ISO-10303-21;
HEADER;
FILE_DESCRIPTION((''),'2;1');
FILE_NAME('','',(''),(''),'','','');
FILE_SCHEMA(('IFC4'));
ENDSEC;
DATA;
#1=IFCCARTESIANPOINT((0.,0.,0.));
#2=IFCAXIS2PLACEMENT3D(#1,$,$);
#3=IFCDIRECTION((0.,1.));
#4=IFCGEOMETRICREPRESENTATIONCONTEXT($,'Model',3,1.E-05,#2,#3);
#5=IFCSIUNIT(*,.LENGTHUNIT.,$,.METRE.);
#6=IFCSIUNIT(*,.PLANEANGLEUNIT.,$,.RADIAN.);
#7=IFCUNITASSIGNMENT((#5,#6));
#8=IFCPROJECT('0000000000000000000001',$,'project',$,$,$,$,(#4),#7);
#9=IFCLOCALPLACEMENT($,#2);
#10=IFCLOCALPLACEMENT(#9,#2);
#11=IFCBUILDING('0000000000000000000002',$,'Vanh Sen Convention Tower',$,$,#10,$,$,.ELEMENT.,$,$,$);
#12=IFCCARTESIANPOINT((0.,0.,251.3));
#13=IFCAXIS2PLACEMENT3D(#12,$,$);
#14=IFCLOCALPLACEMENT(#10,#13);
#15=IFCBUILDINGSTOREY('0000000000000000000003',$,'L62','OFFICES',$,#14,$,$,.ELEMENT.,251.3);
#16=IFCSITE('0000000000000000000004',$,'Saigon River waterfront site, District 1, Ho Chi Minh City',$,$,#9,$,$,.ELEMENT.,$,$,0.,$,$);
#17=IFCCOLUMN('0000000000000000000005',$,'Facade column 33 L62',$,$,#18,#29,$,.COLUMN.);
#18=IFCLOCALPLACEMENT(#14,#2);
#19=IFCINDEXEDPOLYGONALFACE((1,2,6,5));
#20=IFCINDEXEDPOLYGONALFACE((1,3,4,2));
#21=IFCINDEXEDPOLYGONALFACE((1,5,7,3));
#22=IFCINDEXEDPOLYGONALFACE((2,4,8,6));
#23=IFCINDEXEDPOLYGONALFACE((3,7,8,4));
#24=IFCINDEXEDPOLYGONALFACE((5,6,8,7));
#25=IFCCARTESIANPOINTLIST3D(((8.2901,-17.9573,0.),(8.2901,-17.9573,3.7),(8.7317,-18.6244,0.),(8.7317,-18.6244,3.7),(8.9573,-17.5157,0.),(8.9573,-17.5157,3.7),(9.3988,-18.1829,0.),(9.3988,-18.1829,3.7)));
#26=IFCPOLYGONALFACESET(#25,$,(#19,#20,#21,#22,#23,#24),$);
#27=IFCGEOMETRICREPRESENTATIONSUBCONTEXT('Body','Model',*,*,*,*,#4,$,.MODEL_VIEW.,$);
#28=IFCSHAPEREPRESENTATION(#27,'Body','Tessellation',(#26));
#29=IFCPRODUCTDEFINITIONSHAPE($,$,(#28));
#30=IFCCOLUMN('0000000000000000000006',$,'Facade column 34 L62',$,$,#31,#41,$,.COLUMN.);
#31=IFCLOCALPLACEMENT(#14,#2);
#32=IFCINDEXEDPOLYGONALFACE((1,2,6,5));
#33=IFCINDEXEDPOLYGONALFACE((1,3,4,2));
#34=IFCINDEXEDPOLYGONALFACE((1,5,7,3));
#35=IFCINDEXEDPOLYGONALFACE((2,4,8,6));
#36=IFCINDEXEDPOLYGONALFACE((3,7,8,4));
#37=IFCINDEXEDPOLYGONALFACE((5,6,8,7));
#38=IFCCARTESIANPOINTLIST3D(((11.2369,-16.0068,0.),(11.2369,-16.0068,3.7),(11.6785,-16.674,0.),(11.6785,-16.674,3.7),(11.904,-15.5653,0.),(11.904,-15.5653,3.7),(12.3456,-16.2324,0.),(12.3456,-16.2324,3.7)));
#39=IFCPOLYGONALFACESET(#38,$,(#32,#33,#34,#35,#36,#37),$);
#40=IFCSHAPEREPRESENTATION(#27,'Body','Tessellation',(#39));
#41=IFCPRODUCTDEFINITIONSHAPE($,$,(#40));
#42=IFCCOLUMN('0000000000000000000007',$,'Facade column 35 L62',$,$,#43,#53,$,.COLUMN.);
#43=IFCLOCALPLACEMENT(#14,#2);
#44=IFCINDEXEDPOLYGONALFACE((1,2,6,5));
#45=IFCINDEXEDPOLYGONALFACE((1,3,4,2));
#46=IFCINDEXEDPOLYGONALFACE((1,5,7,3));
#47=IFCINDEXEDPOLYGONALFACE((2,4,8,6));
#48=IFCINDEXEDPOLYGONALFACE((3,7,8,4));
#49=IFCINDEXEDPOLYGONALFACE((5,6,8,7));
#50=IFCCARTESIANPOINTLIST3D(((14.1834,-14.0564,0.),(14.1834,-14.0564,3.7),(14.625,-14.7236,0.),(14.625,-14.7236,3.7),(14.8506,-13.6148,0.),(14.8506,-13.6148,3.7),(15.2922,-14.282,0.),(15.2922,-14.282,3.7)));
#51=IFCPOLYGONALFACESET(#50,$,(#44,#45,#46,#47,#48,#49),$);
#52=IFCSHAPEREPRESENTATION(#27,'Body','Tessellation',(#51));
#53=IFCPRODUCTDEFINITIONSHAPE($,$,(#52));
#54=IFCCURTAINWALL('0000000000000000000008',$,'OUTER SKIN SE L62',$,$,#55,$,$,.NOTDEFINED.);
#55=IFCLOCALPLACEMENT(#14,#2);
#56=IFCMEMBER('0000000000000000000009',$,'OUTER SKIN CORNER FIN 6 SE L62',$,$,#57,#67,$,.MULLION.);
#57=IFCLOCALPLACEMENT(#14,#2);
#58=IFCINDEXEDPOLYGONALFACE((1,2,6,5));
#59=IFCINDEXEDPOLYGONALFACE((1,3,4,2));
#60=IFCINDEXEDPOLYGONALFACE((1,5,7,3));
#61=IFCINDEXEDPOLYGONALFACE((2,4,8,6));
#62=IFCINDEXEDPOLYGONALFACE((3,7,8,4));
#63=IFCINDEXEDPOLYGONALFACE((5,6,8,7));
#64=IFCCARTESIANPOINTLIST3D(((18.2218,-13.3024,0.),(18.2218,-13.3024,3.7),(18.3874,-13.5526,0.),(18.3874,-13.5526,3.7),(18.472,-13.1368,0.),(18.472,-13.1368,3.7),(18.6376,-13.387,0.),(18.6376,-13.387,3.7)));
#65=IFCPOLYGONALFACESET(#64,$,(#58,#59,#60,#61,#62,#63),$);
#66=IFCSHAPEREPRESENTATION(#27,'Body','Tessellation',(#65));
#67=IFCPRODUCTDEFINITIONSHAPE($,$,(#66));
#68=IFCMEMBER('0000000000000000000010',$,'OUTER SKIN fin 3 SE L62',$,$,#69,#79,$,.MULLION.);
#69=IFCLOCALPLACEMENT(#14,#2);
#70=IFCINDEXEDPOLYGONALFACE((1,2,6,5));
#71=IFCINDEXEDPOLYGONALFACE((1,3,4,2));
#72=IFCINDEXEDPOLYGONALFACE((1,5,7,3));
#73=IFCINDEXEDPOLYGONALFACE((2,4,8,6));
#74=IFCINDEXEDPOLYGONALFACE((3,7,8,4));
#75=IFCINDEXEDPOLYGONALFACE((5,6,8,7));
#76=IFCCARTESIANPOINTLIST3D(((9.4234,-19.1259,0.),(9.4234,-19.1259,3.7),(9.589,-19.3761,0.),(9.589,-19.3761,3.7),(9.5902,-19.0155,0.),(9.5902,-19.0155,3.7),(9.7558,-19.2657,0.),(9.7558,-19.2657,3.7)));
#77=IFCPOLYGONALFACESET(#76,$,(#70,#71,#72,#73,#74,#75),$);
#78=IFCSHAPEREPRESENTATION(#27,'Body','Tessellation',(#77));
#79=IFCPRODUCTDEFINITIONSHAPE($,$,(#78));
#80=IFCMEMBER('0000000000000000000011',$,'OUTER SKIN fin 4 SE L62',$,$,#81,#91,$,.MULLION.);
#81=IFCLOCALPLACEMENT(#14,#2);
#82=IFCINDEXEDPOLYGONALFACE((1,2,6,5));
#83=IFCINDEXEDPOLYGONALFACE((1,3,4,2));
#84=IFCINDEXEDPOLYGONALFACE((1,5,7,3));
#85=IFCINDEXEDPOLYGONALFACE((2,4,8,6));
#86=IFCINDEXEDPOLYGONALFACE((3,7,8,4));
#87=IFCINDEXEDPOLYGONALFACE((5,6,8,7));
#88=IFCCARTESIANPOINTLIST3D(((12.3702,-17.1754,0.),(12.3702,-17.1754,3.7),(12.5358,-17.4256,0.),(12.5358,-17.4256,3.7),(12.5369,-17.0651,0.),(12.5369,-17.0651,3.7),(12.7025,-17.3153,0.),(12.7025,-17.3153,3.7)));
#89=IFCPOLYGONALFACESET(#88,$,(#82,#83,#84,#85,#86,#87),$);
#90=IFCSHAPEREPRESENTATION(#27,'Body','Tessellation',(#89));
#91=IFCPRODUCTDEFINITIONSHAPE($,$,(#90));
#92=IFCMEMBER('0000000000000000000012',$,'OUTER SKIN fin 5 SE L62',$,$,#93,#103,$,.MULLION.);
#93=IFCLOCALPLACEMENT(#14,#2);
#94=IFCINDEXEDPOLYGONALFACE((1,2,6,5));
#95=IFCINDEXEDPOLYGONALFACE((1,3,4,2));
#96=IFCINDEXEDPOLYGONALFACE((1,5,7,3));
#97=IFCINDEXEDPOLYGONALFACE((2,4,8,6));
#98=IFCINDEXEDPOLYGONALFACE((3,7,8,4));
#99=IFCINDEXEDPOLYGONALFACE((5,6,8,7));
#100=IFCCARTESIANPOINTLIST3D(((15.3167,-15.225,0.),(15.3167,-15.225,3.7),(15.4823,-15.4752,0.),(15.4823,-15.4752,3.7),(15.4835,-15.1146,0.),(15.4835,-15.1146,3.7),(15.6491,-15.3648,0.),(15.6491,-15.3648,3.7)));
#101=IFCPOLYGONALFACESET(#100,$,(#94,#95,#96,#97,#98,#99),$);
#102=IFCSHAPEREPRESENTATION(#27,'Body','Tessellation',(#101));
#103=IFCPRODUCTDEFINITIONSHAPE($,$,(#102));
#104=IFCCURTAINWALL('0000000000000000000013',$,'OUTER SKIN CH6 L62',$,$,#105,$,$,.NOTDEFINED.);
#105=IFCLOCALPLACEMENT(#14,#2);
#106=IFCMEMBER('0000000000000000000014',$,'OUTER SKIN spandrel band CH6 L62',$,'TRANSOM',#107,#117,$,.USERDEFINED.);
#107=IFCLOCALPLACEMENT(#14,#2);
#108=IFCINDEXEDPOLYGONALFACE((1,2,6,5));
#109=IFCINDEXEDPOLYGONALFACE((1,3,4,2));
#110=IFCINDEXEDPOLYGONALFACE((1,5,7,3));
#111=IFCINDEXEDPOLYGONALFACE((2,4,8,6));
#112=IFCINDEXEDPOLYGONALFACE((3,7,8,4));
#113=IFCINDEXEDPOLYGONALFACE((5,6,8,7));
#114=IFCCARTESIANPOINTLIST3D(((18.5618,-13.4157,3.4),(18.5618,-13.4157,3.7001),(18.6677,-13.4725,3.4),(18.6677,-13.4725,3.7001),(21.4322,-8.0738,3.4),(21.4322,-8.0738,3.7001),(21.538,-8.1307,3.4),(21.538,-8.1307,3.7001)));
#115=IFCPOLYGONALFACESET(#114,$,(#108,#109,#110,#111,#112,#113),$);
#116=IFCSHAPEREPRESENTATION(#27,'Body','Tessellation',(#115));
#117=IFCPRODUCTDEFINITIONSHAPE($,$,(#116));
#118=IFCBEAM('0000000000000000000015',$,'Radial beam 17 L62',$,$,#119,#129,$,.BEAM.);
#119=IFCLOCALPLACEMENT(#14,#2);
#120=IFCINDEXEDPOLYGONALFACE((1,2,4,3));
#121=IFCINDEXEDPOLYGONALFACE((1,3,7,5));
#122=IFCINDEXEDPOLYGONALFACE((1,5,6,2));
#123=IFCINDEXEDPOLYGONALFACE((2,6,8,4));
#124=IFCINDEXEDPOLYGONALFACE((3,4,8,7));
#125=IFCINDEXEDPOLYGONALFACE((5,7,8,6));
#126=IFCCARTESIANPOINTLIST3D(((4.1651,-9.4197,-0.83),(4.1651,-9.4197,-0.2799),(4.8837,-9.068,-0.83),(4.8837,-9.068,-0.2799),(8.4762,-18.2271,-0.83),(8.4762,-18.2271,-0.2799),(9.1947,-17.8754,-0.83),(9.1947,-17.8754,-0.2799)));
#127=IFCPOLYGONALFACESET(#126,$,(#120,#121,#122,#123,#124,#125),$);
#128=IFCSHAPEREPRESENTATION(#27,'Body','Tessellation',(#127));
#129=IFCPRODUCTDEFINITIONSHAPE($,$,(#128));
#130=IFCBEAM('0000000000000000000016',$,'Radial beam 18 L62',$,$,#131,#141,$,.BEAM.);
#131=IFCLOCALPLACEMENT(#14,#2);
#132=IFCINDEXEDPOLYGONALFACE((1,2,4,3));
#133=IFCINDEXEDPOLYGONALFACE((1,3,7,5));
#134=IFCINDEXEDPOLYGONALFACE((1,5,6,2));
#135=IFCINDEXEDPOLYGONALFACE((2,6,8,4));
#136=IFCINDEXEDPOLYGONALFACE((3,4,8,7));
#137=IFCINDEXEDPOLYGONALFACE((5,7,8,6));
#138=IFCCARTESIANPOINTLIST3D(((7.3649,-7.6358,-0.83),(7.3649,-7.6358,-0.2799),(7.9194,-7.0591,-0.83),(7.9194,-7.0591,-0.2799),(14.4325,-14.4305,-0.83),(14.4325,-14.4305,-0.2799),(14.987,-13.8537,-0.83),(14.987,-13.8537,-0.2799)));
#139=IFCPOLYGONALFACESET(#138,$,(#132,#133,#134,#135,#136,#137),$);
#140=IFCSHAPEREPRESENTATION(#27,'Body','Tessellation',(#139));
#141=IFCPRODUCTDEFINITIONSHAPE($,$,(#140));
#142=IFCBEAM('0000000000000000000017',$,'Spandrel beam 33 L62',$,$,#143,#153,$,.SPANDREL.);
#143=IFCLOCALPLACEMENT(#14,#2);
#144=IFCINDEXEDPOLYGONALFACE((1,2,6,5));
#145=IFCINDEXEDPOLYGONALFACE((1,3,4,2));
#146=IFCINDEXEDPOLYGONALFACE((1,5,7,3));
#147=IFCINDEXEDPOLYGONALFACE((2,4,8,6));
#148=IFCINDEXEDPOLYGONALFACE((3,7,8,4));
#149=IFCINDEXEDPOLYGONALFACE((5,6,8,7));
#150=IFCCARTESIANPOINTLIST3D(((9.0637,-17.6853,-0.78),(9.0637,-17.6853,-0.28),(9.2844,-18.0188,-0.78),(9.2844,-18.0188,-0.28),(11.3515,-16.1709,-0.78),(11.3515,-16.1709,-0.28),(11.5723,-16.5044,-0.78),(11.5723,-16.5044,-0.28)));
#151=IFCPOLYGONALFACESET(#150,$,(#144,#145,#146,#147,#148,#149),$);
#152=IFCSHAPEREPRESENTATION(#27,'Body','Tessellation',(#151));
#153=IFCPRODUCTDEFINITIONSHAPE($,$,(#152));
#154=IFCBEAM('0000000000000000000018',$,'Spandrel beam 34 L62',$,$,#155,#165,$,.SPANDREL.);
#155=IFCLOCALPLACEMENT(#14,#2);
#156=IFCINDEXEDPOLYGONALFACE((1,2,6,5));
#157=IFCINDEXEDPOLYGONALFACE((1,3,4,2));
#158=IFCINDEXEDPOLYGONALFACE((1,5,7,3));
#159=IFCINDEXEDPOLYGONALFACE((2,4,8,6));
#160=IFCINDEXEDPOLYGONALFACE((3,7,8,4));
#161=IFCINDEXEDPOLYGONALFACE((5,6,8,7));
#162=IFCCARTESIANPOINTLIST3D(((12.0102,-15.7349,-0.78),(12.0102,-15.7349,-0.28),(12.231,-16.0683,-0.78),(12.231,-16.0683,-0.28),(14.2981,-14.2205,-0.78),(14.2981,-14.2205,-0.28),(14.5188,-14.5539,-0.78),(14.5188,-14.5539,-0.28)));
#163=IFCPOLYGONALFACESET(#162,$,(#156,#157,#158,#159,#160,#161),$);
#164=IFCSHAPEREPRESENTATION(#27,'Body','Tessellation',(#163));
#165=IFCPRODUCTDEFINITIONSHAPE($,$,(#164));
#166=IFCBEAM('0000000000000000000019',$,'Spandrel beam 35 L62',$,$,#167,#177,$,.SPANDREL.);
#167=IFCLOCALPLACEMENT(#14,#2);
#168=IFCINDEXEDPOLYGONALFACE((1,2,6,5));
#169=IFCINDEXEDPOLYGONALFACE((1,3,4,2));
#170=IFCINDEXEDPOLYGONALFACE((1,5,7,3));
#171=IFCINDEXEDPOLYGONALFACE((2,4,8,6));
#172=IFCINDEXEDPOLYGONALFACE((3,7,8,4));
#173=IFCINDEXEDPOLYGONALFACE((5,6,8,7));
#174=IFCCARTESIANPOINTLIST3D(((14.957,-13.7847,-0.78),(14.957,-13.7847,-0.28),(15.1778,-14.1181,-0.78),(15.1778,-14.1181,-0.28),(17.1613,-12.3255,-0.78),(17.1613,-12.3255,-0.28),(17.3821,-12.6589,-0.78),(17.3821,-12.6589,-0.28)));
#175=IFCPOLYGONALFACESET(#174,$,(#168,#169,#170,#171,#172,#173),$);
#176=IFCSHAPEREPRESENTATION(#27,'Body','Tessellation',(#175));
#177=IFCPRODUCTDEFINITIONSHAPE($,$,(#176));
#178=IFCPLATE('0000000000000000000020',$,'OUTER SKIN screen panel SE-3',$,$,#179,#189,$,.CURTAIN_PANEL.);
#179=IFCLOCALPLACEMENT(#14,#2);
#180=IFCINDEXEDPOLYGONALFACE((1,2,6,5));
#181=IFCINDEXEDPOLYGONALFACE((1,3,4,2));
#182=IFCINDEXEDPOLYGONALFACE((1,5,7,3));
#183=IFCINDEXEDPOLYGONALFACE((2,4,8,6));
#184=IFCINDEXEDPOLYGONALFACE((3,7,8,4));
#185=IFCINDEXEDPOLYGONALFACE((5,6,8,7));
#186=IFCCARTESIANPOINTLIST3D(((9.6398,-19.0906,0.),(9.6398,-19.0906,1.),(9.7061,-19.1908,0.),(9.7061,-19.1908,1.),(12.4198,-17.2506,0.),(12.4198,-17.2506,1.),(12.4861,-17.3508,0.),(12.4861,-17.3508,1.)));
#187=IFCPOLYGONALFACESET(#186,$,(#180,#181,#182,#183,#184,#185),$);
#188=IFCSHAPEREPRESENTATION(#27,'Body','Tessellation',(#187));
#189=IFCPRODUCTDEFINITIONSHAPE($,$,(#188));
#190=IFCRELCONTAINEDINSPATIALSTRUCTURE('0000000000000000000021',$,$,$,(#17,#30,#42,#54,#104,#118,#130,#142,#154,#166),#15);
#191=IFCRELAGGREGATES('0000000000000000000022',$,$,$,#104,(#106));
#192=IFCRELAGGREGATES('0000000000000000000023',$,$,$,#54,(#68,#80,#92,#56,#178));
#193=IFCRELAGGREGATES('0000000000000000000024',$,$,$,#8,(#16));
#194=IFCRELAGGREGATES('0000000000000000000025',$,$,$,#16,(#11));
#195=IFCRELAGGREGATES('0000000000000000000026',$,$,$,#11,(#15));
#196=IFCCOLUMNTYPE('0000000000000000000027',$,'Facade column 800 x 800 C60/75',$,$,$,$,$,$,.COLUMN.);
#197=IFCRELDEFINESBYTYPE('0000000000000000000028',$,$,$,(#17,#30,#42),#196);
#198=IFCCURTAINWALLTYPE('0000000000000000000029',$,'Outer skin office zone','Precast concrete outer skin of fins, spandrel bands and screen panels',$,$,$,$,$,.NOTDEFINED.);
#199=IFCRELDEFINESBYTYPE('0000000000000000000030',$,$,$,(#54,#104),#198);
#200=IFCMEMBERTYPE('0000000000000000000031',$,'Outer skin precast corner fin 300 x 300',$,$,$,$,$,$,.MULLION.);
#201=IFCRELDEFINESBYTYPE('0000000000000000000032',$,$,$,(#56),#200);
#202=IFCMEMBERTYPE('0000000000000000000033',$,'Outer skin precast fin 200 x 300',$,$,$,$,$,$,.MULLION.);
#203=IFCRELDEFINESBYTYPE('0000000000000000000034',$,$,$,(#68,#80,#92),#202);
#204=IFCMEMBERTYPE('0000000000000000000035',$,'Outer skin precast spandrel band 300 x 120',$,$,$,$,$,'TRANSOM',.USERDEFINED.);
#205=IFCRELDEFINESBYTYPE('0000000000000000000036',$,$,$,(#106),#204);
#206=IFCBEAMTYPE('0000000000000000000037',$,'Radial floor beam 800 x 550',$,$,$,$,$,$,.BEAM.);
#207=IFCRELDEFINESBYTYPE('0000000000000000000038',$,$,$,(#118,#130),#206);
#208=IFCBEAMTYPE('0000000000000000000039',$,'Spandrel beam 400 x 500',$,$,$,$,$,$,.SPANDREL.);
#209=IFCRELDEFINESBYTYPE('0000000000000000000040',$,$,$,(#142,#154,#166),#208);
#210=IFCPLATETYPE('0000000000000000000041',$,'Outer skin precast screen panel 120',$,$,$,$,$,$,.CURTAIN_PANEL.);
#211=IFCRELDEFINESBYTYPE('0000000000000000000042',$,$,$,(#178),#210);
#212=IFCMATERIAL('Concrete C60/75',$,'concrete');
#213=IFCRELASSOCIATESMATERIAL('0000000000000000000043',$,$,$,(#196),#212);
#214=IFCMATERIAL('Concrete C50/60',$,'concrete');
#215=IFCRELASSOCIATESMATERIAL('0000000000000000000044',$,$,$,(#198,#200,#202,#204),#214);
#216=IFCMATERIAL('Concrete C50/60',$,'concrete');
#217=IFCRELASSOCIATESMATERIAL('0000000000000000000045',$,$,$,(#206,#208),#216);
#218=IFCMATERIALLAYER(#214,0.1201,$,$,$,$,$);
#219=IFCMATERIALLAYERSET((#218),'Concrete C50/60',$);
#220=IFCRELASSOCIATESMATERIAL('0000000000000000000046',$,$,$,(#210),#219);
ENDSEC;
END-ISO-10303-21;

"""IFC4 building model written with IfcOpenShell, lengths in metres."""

from ifc_helpers import new_model, si_unit, direction, frame, origin, origin_2d, place, context, subcontext, project, spatial, rectangle, extrude, material, layer, layer_set, material_profile, profile_set, type_object, element, aggregate, save


model = new_model("IFC4")

# Units and contexts
model_context = context("Model", 3, precision=1e-05, world=origin(), true_north=direction((0.0, 1.0)))
body_context = subcontext(model_context, "Body", "Model", "MODEL_VIEW")
ifc_project = project(units=[si_unit("LENGTHUNIT", "METRE"), si_unit("PLANEANGLEUNIT", "RADIAN")], contexts=[model_context])

# Site, building, storey
site_placement = place(None, origin())
site = spatial("IfcSite", under=ifc_project, at=site_placement, Name="Saigon River waterfront site, District 1, Ho Chi Minh City", CompositionType="ELEMENT", RefElevation=0.0)
building_placement = place(site_placement, origin())
building = spatial("IfcBuilding", under=site, at=building_placement, Name="Vanh Sen Convention Tower", CompositionType="ELEMENT")
storey_placement = place(building_placement, frame((0.0, 0.0, 251.3)))
storey = spatial("IfcBuildingStorey", under=building, at=storey_placement, Name="L62", Description="OFFICES", CompositionType="ELEMENT", Elevation=251.3)

# Columns
ifc_material_1 = material(Name="Concrete C60/75", Category="concrete")
ifc_material_profile_1 = material_profile(ifc_material_1, rectangle(XDim=0.8, YDim=0.8, at=origin_2d()), Name="RC 800X800")
ifc_profile_set_1 = profile_set([ifc_material_profile_1], Name="Concrete C60/75")
column_type = type_object("IfcColumnType", Name="Facade column 800 x 800 C60/75", PredefinedType="COLUMN", material=ifc_profile_set_1)
for number, where, z_axis, x_axis, name in (
    (1, (8.8445, -18.0701, 0.0), (0.0, 0.0, 1.0), (0.833886, 0.551937, 0.0), "Facade column 33 L62"),
    (2, (11.7913, -16.1196, 0.0), (0.0, 0.0, 1.0), (0.833886, 0.551937, 0.0), "Facade column 34 L62"),
    (3, (14.7378, -14.1692, 0.0), (0.0, 0.0, 1.0), (0.833886, 0.551937, 0.0), "Facade column 35 L62"),
):
    element("IfcColumn", number, at=place(storey_placement, frame(where, z_axis=z_axis, x_axis=x_axis)), inside=storey, type_object=column_type, Name=name, PredefinedType="COLUMN", context=body_context, shape_type="SweptSolid", body=[
        extrude(rectangle(XDim=0.8, YDim=0.8, at=origin_2d()), origin(), (0.0, 0.0, 1.0), 3.7),
    ])

# Curtain wall, members
ifc_material_2 = material(Name="Concrete C50/60", Category="concrete")
curtain_wall_type = type_object("IfcCurtainWallType", Name="Outer skin office zone", Description="Precast concrete outer skin of fins, spandrel bands and screen panels", PredefinedType="NOTDEFINED", material=ifc_material_2)
curtain_wall_1_placement = place(storey_placement, origin())
curtain_wall_1 = element("IfcCurtainWall", 4, at=curtain_wall_1_placement, inside=storey, type_object=curtain_wall_type, Name="OUTER SKIN SE L62", PredefinedType="NOTDEFINED")
ifc_material_profile_2 = material_profile(ifc_material_2, rectangle(XDim=0.3, YDim=0.3, at=origin_2d()), Name="Outer skin precast corner fin 300 x 300")
ifc_profile_set_2 = profile_set([ifc_material_profile_2], Name="Concrete C50/60")
member_type_1 = type_object("IfcMemberType", Name="Outer skin precast corner fin 300 x 300", PredefinedType="MULLION", material=ifc_profile_set_2)
member_1_placement = place(storey_placement, frame((18.4297, -13.3447, 0.0), z_axis=(0.0, 0.0, 1.0), x_axis=(0.833886, 0.551937, 0.0)))
member_1 = element("IfcMember", 5, at=member_1_placement, type_object=member_type_1, Name="OUTER SKIN CORNER FIN 6 SE L62", PredefinedType="MULLION", context=body_context, shape_type="SweptSolid", body=[
    extrude(rectangle(XDim=0.3, YDim=0.3, at=origin_2d()), origin(), (0.0, 0.0, 1.0), 3.7),
])
ifc_material_profile_3 = material_profile(ifc_material_2, rectangle(XDim=0.2, YDim=0.3, at=origin_2d()), Name="Outer skin precast fin 200 x 300")
ifc_profile_set_3 = profile_set([ifc_material_profile_3], Name="Concrete C50/60")
member_type_2 = type_object("IfcMemberType", Name="Outer skin precast fin 200 x 300", PredefinedType="MULLION", material=ifc_profile_set_3)
member_2_placement = place(storey_placement, frame((9.5896, -19.1958, 0.0), z_axis=(0.0, 0.0, 1.0), x_axis=(0.833886, 0.551937, 0.0)))
member_2 = element("IfcMember", 6, at=member_2_placement, type_object=member_type_2, Name="OUTER SKIN fin 3 SE L62", PredefinedType="MULLION", context=body_context, shape_type="SweptSolid", body=[
    extrude(rectangle(XDim=0.2, YDim=0.3, at=origin_2d()), origin(), (0.0, 0.0, 1.0), 3.7),
])
member_3_placement = place(storey_placement, frame((12.5364, -17.2454, 0.0), z_axis=(0.0, 0.0, 1.0), x_axis=(0.833886, 0.551937, 0.0)))
member_3 = element("IfcMember", 7, at=member_3_placement, type_object=member_type_2, Name="OUTER SKIN fin 4 SE L62", PredefinedType="MULLION", context=body_context, shape_type="SweptSolid", body=[
    extrude(rectangle(XDim=0.2, YDim=0.3, at=origin_2d()), origin(), (0.0, 0.0, 1.0), 3.7),
])
member_4_placement = place(storey_placement, frame((15.4829, -15.2949, 0.0), z_axis=(0.0, 0.0, 1.0), x_axis=(0.833886, 0.551937, 0.0)))
member_4 = element("IfcMember", 8, at=member_4_placement, type_object=member_type_2, Name="OUTER SKIN fin 5 SE L62", PredefinedType="MULLION", context=body_context, shape_type="SweptSolid", body=[
    extrude(rectangle(XDim=0.2, YDim=0.3, at=origin_2d()), origin(), (0.0, 0.0, 1.0), 3.7),
])

# Curtain wall, member
curtain_wall_2_placement = place(storey_placement, origin())
curtain_wall_2 = element("IfcCurtainWall", 9, at=curtain_wall_2_placement, inside=storey, type_object=curtain_wall_type, Name="OUTER SKIN CH6 L62", PredefinedType="NOTDEFINED")
ifc_material_profile_4 = material_profile(ifc_material_2, rectangle(XDim=0.1201, YDim=0.3, at=origin_2d()), Name="Outer skin precast spandrel band 300 x 120")
ifc_profile_set_4 = profile_set([ifc_material_profile_4], Name="Concrete C50/60")
member_type_3 = type_object("IfcMemberType", Name="Outer skin precast spandrel band 300 x 120", ElementType="TRANSOM", PredefinedType="USERDEFINED", material=ifc_profile_set_4)
member_5_placement = place(storey_placement, frame((18.6147, -13.4441, 3.55), z_axis=(0.473334, 0.880883, 0.0), x_axis=(-0.880883, 0.473334, 0.0)))
member_5 = element("IfcMember", 10, at=member_5_placement, type_object=member_type_3, Name="OUTER SKIN spandrel band CH6 L62", ObjectType="TRANSOM", PredefinedType="USERDEFINED", context=body_context, shape_type="SweptSolid", body=[
    extrude(rectangle(XDim=0.1201, YDim=0.3, at=origin_2d()), origin(), (0.0, 0.0, 1.0), 6.0642),
])
aggregate(curtain_wall_2, [member_5])

# Beams
ifc_material_3 = material(Name="Concrete C50/60", Category="concrete")
ifc_material_profile_5 = material_profile(ifc_material_3, rectangle(XDim=0.8, YDim=0.55, at=origin_2d()), Name="RC 800X550")
ifc_profile_set_5 = profile_set([ifc_material_profile_5], Name="Concrete C50/60")
beam_type_1 = type_object("IfcBeamType", Name="Radial floor beam 800 x 550", PredefinedType="BEAM", material=ifc_profile_set_5)
beam_1_placement = place(storey_placement, frame((8.8354, -18.0513, -0.5549), z_axis=(-0.439639, 0.898175, 0.0), x_axis=(-0.898175, -0.439639, 0.0)))
element("IfcBeam", 11, at=beam_1_placement, inside=storey, type_object=beam_type_1, Name="Radial beam 17 L62", PredefinedType="BEAM", context=body_context, shape_type="SweptSolid", body=[
    extrude(rectangle(XDim=0.8, YDim=0.55, at=origin_2d()), origin(), (0.0, 0.0, 1.0), 9.8059),
])
beam_2_placement = place(storey_placement, frame((14.7097, -14.1421, -0.5549), z_axis=(-0.72089, 0.693049, 0.0), x_axis=(-0.693049, -0.72089, 0.0)))
element("IfcBeam", 12, at=beam_2_placement, inside=storey, type_object=beam_type_1, Name="Radial beam 18 L62", PredefinedType="BEAM", context=body_context, shape_type="SweptSolid", body=[
    extrude(rectangle(XDim=0.8, YDim=0.55, at=origin_2d()), origin(), (0.0, 0.0, 1.0), 9.804),
])
ifc_material_profile_6 = material_profile(ifc_material_3, rectangle(XDim=0.3999, YDim=0.5, at=origin_2d()), Name="RC 400X500")
ifc_profile_set_6 = profile_set([ifc_material_profile_6], Name="Concrete C50/60")
beam_type_2 = type_object("IfcBeamType", Name="Spandrel beam 400 x 500", PredefinedType="SPANDREL", material=ifc_profile_set_6)
for number, where, z_axis, x_axis, name in (
    (13, (9.1741, -17.8521, -0.53), (0.833867, 0.551966, 0.0), (-0.551966, 0.833867, 0.0), "Spandrel beam 33 L62"),
    (14, (12.1206, -15.9016, -0.53), (0.833867, 0.551966, 0.0), (-0.551966, 0.833867, 0.0), "Spandrel beam 34 L62"),
):
    element("IfcBeam", number, at=place(storey_placement, frame(where, z_axis=z_axis, x_axis=x_axis)), inside=storey, type_object=beam_type_2, Name=name, PredefinedType="SPANDREL", context=body_context, shape_type="SweptSolid", body=[
        extrude(rectangle(XDim=0.3999, YDim=0.5, at=origin_2d()), origin(), (0.0, 0.0, 1.0), 2.7437),
    ])
beam_3_placement = place(storey_placement, frame((15.0674, -13.9514, -0.53), z_axis=(0.83385, 0.551991, 0.0), x_axis=(-0.551991, 0.83385, 0.0)))
element("IfcBeam", 15, at=beam_3_placement, inside=storey, type_object=beam_type_2, Name="Spandrel beam 35 L62", PredefinedType="SPANDREL", context=body_context, shape_type="SweptSolid", body=[
    extrude(rectangle(XDim=0.3999, YDim=0.5, at=origin_2d()), origin(), (0.0, 0.0, 1.0), 2.6436),
])

# Plate
ifc_layer_1 = layer(ifc_material_2, 0.1201)
ifc_layer_set_1 = layer_set([ifc_layer_1], Name="Concrete C50/60")
plate_type = type_object("IfcPlateType", Name="Outer skin precast screen panel 120", PredefinedType="CURTAIN_PANEL", material=ifc_layer_set_1)
plate_1_placement = place(storey_placement, frame((11.063, -18.2207, 0.0), z_axis=(0.0, 0.0, 1.0), x_axis=(0.833896, 0.551921, 0.0)))
plate_1 = element("IfcPlate", 16, at=plate_1_placement, type_object=plate_type, Name="OUTER SKIN screen panel SE-3", PredefinedType="CURTAIN_PANEL", context=body_context, shape_type="SweptSolid", body=[
    extrude(rectangle(XDim=3.3337, YDim=0.1201, at=origin_2d()), origin(), (0.0, 0.0, 1.0), 1.0),
])
aggregate(curtain_wall_1, [member_2, member_3, member_4, member_1, plate_1])

save(model, "model.ifc")
